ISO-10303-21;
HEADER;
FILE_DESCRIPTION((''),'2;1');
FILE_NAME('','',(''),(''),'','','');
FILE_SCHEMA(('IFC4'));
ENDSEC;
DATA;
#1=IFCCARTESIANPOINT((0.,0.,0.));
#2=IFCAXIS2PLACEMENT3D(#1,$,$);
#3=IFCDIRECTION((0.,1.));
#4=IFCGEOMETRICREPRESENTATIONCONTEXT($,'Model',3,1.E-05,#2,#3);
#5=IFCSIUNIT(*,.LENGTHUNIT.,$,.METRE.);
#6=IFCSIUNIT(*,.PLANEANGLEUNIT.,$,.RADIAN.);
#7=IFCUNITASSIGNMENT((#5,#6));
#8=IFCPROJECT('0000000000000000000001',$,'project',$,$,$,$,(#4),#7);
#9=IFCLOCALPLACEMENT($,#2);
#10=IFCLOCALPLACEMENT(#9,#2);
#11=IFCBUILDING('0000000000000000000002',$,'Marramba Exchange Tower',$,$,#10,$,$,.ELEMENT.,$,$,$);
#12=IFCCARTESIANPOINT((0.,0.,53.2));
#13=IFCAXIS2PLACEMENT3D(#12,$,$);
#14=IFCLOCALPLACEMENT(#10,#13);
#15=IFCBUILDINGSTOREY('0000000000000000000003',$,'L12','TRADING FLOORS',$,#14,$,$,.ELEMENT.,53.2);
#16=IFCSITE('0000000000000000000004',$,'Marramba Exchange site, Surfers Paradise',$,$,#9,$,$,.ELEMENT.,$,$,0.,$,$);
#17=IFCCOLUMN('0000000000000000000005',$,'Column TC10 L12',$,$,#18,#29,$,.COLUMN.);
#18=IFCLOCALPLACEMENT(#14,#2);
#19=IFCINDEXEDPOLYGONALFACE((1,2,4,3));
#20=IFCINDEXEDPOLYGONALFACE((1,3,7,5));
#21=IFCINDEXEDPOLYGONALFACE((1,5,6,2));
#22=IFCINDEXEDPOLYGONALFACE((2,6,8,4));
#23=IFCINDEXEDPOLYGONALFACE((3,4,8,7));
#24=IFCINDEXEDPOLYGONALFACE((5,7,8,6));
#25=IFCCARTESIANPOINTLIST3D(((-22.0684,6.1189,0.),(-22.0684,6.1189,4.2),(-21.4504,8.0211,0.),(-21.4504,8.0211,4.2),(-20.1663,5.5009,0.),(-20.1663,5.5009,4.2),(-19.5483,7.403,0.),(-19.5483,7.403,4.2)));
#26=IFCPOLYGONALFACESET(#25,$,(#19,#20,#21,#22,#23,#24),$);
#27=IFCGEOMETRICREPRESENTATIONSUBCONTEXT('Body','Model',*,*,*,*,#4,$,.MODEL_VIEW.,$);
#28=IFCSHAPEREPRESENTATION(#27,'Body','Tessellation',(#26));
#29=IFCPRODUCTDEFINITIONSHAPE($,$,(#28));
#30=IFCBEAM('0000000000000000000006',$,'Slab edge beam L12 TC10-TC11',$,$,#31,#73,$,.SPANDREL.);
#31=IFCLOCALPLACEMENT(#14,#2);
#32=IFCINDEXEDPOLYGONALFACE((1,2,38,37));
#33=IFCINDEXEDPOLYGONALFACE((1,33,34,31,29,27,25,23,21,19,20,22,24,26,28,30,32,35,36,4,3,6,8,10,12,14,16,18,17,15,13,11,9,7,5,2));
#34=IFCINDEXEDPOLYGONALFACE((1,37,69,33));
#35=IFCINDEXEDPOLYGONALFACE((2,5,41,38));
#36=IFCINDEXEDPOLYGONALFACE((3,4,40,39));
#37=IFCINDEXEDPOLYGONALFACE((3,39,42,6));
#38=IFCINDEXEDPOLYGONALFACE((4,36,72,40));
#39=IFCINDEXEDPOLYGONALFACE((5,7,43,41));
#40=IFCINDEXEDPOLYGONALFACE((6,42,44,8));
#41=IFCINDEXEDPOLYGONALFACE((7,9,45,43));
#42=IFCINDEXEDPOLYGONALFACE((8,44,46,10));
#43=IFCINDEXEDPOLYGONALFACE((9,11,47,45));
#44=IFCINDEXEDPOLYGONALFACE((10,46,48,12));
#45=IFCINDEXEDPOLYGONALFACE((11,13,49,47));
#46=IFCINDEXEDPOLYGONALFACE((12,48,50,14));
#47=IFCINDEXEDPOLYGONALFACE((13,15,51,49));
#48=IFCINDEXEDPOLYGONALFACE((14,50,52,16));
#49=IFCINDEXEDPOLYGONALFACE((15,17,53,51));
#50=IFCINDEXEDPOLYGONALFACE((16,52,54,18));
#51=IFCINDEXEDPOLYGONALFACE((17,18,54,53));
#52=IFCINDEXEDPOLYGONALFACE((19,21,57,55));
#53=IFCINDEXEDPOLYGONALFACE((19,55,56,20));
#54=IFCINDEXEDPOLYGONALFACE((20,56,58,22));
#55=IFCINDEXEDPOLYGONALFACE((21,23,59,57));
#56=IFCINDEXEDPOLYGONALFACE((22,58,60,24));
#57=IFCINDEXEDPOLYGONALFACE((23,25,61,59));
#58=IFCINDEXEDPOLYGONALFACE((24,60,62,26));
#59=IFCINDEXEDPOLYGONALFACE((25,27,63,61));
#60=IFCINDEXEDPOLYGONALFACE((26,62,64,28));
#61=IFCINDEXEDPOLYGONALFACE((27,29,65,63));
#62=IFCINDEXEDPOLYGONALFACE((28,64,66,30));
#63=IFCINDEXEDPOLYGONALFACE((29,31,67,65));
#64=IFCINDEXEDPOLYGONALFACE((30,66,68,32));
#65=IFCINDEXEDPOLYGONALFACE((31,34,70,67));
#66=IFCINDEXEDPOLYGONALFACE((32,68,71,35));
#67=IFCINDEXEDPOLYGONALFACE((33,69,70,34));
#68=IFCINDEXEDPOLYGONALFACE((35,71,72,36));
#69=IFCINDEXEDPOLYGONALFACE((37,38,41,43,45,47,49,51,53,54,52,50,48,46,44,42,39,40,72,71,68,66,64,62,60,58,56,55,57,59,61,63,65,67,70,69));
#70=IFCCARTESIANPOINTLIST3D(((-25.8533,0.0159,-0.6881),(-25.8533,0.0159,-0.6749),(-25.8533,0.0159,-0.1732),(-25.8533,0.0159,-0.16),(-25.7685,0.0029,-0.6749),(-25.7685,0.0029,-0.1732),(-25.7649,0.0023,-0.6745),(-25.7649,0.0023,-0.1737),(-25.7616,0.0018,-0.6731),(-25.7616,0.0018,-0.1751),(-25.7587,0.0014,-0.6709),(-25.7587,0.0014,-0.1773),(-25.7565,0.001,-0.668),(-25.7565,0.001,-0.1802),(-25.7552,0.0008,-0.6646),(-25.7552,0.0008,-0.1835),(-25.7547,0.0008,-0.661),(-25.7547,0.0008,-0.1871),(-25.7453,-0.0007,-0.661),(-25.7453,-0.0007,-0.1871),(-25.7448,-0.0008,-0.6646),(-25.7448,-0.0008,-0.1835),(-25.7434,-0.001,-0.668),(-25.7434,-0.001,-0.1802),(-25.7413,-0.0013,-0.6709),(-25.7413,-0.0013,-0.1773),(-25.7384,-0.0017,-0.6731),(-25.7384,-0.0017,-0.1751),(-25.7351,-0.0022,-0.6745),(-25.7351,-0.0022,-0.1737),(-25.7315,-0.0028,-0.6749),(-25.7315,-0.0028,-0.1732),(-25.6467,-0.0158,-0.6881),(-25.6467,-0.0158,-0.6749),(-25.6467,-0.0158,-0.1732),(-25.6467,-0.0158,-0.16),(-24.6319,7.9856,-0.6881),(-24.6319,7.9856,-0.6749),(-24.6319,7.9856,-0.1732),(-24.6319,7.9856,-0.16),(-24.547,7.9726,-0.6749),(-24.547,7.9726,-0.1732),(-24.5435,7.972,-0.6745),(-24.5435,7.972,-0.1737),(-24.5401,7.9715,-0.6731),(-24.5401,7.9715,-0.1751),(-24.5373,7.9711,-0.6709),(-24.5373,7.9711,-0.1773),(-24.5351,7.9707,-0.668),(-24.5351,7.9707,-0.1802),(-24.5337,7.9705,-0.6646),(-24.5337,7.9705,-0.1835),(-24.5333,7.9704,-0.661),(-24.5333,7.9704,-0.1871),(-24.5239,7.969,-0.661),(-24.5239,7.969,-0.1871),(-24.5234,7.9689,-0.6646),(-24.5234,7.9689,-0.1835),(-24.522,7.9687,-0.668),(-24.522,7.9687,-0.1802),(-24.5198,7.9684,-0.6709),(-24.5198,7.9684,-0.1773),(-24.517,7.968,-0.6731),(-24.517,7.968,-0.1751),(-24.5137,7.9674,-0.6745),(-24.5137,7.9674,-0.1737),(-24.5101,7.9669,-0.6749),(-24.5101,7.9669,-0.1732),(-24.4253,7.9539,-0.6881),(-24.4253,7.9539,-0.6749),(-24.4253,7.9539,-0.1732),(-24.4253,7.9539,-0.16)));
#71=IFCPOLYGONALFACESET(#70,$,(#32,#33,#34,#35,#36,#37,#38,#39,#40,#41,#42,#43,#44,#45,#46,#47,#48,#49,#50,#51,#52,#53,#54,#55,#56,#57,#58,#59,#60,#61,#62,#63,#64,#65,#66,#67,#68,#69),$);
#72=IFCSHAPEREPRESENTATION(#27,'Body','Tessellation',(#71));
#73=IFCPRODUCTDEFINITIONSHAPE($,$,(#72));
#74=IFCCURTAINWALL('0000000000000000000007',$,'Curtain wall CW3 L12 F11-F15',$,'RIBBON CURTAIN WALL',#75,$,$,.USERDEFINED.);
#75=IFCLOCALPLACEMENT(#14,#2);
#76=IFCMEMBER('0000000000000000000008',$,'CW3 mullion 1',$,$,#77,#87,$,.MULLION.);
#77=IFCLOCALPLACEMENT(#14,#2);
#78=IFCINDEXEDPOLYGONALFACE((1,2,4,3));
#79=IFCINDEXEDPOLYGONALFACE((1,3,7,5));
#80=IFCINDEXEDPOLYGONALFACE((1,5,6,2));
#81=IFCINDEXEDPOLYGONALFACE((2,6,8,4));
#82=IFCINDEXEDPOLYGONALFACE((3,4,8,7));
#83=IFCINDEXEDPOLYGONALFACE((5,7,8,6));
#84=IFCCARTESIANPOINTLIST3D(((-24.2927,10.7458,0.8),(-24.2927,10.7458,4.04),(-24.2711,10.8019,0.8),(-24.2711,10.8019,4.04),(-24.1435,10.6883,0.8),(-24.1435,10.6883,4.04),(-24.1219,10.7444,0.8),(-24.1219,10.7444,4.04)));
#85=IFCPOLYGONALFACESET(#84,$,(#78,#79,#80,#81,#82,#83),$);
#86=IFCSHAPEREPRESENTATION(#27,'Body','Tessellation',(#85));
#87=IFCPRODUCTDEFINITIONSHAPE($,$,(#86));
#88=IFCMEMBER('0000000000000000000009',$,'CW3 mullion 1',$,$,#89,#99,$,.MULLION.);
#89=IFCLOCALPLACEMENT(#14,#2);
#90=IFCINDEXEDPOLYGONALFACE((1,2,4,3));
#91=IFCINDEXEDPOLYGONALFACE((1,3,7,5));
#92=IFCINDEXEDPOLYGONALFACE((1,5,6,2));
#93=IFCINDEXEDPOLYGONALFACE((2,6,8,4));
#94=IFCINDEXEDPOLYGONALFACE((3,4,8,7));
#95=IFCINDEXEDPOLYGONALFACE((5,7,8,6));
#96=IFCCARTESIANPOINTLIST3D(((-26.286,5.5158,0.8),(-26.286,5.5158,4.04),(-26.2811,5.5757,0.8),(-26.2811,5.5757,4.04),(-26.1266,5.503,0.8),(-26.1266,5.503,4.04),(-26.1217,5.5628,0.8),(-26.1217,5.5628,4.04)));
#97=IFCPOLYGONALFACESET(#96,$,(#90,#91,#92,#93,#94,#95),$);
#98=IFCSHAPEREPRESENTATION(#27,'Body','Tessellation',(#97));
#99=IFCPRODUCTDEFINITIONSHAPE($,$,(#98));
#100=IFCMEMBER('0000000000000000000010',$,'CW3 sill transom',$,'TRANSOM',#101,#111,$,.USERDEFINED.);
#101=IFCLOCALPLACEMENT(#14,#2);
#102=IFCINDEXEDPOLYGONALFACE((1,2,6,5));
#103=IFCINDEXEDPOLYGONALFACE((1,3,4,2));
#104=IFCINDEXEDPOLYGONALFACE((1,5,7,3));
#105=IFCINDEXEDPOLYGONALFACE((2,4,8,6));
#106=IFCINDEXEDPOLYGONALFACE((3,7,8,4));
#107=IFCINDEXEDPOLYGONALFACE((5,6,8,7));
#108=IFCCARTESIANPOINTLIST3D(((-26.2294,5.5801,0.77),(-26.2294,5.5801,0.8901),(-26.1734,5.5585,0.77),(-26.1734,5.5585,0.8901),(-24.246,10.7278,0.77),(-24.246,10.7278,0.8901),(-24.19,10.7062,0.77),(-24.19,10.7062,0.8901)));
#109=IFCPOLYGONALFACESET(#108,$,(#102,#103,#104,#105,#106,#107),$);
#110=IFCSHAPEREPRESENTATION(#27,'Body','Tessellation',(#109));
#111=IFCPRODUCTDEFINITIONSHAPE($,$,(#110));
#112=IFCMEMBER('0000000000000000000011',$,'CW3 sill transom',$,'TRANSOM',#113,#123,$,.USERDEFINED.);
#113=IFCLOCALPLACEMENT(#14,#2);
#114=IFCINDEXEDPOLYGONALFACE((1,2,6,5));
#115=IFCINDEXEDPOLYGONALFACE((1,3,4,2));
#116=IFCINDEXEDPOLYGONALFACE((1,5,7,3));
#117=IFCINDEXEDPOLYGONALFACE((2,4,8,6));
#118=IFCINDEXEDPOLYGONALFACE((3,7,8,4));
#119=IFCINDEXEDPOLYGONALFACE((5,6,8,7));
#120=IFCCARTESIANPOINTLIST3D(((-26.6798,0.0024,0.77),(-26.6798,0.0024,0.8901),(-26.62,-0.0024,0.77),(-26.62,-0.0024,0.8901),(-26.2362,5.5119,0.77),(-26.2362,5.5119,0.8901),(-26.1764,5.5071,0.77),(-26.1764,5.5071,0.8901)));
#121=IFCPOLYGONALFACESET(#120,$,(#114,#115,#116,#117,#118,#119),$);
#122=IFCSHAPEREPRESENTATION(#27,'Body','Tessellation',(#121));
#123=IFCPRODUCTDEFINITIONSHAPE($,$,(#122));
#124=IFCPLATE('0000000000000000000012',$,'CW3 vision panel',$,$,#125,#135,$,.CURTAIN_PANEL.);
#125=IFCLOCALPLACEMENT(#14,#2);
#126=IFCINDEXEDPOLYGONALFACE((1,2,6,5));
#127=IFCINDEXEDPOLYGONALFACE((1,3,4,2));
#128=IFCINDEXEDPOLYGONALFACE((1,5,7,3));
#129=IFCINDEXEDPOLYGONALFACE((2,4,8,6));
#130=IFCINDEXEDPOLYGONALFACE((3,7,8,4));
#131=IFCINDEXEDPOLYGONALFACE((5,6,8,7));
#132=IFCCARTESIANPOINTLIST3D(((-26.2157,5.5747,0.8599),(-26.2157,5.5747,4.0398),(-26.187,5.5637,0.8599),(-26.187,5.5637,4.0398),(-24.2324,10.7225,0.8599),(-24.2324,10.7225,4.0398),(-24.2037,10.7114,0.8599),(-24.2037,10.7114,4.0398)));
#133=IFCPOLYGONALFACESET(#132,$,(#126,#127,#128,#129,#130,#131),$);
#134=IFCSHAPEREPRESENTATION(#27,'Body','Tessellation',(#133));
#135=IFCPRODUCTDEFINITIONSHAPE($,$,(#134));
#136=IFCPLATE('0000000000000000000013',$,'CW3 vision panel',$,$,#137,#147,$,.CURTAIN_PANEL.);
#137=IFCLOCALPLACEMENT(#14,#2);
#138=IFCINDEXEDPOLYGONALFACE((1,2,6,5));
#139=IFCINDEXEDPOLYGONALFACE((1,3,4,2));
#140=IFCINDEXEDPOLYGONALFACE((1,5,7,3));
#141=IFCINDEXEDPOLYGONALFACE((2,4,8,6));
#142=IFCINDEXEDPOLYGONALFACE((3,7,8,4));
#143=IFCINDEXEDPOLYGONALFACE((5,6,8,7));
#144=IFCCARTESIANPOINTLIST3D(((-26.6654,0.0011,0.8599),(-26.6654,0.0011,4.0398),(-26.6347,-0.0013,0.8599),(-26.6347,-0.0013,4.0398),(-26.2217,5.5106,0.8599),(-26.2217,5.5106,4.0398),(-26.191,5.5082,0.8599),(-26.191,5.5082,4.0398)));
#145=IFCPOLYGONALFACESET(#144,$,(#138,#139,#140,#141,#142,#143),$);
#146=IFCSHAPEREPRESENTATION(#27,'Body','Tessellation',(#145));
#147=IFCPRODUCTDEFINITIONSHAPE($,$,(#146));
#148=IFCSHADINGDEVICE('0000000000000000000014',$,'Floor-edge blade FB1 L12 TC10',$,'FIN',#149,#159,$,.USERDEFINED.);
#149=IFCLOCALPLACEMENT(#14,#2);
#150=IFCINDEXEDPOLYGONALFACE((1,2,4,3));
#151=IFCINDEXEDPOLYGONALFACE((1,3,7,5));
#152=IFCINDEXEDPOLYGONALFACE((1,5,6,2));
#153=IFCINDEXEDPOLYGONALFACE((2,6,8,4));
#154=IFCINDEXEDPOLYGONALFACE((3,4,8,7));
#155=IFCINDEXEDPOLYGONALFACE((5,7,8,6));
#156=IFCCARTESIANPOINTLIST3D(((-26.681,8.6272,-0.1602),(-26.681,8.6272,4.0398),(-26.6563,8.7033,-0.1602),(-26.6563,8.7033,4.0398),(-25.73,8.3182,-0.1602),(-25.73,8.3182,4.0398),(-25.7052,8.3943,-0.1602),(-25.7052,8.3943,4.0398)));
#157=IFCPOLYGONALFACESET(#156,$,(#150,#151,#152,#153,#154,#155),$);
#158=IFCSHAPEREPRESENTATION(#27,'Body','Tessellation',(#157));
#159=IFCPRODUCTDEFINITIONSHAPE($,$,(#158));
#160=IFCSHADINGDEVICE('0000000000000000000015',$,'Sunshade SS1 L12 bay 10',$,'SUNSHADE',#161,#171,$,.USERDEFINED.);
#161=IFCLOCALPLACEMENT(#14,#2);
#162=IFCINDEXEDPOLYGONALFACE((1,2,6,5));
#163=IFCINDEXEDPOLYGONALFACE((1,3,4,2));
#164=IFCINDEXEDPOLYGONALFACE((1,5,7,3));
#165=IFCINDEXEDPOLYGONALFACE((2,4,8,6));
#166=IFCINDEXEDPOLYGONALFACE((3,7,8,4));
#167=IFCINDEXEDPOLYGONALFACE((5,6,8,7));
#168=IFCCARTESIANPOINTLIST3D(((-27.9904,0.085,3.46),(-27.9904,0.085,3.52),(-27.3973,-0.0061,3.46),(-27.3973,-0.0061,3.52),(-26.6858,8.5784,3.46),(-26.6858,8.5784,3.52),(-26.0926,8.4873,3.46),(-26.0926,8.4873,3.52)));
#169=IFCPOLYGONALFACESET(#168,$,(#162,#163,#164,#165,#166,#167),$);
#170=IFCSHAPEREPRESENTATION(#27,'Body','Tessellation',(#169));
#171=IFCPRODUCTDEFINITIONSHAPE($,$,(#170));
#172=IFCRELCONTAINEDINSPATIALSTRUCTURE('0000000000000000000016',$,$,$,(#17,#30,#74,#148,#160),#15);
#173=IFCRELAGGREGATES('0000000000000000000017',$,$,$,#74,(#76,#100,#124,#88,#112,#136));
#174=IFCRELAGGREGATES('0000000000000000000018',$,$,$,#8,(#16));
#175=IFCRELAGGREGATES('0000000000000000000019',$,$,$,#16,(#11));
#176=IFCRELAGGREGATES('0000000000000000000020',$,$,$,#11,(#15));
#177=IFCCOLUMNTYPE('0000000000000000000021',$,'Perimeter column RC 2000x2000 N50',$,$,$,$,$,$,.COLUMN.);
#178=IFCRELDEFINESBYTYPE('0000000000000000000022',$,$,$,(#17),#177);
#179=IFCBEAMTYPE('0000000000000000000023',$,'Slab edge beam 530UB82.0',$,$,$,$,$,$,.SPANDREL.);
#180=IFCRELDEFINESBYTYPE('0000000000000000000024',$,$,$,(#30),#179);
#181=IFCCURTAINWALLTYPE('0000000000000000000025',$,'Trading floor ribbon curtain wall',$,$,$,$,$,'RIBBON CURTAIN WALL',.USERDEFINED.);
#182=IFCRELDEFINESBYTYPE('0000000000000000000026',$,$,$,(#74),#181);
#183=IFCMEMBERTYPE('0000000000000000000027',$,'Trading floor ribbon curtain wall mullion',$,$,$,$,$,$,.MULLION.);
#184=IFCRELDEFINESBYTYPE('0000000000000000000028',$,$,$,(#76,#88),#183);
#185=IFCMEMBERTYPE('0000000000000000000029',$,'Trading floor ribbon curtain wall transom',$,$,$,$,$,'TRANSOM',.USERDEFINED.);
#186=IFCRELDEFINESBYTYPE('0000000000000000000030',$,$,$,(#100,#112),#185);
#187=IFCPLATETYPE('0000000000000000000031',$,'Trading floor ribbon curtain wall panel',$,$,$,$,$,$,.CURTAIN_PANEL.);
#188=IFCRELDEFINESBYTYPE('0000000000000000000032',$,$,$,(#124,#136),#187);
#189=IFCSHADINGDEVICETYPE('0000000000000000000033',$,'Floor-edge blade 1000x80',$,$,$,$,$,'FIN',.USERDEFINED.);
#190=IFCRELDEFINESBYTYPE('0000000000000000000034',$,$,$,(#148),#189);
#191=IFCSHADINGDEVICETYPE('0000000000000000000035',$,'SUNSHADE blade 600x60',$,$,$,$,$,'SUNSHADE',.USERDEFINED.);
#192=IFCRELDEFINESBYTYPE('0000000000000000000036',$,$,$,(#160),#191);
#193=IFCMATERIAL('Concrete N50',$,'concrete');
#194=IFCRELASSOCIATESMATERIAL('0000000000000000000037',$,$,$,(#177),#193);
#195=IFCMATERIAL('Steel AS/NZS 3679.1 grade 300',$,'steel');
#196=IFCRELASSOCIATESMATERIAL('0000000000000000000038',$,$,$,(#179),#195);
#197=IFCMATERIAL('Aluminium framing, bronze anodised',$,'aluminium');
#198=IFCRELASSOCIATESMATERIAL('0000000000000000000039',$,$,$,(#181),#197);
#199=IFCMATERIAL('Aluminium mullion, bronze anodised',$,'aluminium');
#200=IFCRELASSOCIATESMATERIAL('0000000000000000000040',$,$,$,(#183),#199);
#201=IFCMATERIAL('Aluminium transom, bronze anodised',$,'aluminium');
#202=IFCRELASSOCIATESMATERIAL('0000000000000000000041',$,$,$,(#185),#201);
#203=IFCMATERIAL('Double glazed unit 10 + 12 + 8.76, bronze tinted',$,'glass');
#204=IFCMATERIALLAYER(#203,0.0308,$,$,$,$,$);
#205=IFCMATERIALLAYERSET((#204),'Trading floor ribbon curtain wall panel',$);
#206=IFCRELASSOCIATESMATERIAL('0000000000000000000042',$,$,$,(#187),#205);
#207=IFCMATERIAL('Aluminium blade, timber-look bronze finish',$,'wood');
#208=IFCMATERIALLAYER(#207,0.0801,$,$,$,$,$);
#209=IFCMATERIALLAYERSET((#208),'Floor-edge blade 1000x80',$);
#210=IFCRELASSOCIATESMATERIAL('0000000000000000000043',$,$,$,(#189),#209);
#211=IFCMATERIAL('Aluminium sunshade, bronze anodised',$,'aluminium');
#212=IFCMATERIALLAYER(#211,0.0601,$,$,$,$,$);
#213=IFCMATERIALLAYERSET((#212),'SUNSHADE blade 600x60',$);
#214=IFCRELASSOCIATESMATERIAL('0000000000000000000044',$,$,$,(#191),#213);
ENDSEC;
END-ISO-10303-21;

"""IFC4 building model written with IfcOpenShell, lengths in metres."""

from ifc_helpers import new_model, si_unit, direction, frame, origin, origin_2d, place, context, subcontext, project, spatial, rectangle, i_section, extrude, material, layer, layer_set, material_profile, profile_set, type_object, element, aggregate, save


model = new_model("IFC4")

# Units and contexts
model_context = context("Model", 3, precision=1e-05, world=origin(), true_north=direction((0.0, 1.0)))
body_context = subcontext(model_context, "Body", "Model", "MODEL_VIEW")
ifc_project = project(units=[si_unit("LENGTHUNIT", "METRE"), si_unit("PLANEANGLEUNIT", "RADIAN")], contexts=[model_context])

# Site, building, storey
site_placement = place(None, origin())
site = spatial("IfcSite", under=ifc_project, at=site_placement, Name="Marramba Exchange site, Surfers Paradise", CompositionType="ELEMENT", RefElevation=0.0)
building_placement = place(site_placement, origin())
building = spatial("IfcBuilding", under=site, at=building_placement, Name="Marramba Exchange Tower", CompositionType="ELEMENT")
storey_placement = place(building_placement, frame((0.0, 0.0, 53.2)))
storey = spatial("IfcBuildingStorey", under=building, at=storey_placement, Name="L12", Description="TRADING FLOORS", CompositionType="ELEMENT", Elevation=53.2)

# Column
ifc_material_1 = material(Name="Concrete N50", Category="concrete")
ifc_material_profile_1 = material_profile(ifc_material_1, rectangle(XDim=2.0, YDim=2.0, at=origin_2d()), Name="RC 2000x2000")
ifc_profile_set_1 = profile_set([ifc_material_profile_1], Name="Concrete N50")
column_type = type_object("IfcColumnType", Name="Perimeter column RC 2000x2000 N50", PredefinedType="COLUMN", material=ifc_profile_set_1)
column_placement = place(storey_placement, frame((-20.8083, 6.761, 0.0), z_axis=(0.0, 0.0, 1.0), x_axis=(-0.951057, 0.309017, 0.0)))
element("IfcColumn", 1, at=column_placement, inside=storey, type_object=column_type, Name="Column TC10 L12", PredefinedType="COLUMN", context=body_context, shape_type="SweptSolid", body=[
    extrude(rectangle(XDim=2.0, YDim=2.0, at=origin_2d()), origin(), (0.0, 0.0, 1.0), 4.2),
])

# Beam
ifc_material_2 = material(Name="Steel AS/NZS 3679.1 grade 300", Category="steel")
ifc_material_profile_2 = material_profile(ifc_material_2, i_section(OverallWidth=0.209, OverallDepth=0.5281, WebThickness=0.0095, FlangeThickness=0.0132, FilletRadius=0.0139, at=origin_2d()), Name="530UB82.0")
ifc_profile_set_2 = profile_set([ifc_material_profile_2], Name="Steel AS/NZS 3679.1 grade 300")
beam_type = type_object("IfcBeamType", Name="Slab edge beam 530UB82.0", PredefinedType="SPANDREL", material=ifc_profile_set_2)
beam_placement = place(storey_placement, frame((-24.5286, 7.9697, -0.4241), z_axis=(-0.151491, -0.988459, 0.0), x_axis=(0.988459, -0.151491, 0.0)))
element("IfcBeam", 2, at=beam_placement, inside=storey, type_object=beam_type, Name="Slab edge beam L12 TC10-TC11", PredefinedType="SPANDREL", context=body_context, shape_type="SweptSolid", body=[
    extrude(i_section(OverallWidth=0.209, OverallDepth=0.5281, WebThickness=0.0095, FlangeThickness=0.0132, FilletRadius=0.0139, at=origin_2d()), origin(), (0.0, 0.0, 1.0), 8.0627),
])

# Curtain wall, members, plates
ifc_material_3 = material(Name="Aluminium framing, bronze anodised", Category="aluminium")
curtain_wall_type = type_object("IfcCurtainWallType", Name="Trading floor ribbon curtain wall", ElementType="RIBBON CURTAIN WALL", PredefinedType="USERDEFINED", material=ifc_material_3)
curtain_wall_placement = place(storey_placement, origin())
curtain_wall = element("IfcCurtainWall", 3, at=curtain_wall_placement, inside=storey, type_object=curtain_wall_type, Name="Curtain wall CW3 L12 F11-F15", ObjectType="RIBBON CURTAIN WALL", PredefinedType="USERDEFINED")
ifc_material_4 = material(Name="Aluminium mullion, bronze anodised", Category="aluminium")
ifc_material_profile_3 = material_profile(ifc_material_4, rectangle(XDim=0.1599, YDim=0.0601, at=origin_2d()), Name="CW3 mullion 60x160")
ifc_profile_set_3 = profile_set([ifc_material_profile_3], Name="Aluminium mullion, bronze anodised")
member_type_1 = type_object("IfcMemberType", Name="Trading floor ribbon curtain wall mullion", PredefinedType="MULLION", material=ifc_profile_set_3)
member_1_placement = place(storey_placement, frame((-24.2073, 10.7451, 0.8), z_axis=(0.0, 0.0, 1.0), x_axis=(0.933135, -0.359526, 0.0)))
member_1 = element("IfcMember", 4, at=member_1_placement, type_object=member_type_1, Name="CW3 mullion 1", PredefinedType="MULLION", context=body_context, shape_type="SweptSolid", body=[
    extrude(rectangle(XDim=0.1599, YDim=0.0601, at=origin_2d()), origin(), (0.0, 0.0, 1.0), 3.24),
])
member_2_placement = place(storey_placement, frame((-26.2039, 5.5393, 0.8), z_axis=(0.0, 0.0, 1.0), x_axis=(0.996773, -0.080275, 0.0)))
member_2 = element("IfcMember", 5, at=member_2_placement, type_object=member_type_1, Name="CW3 mullion 1", PredefinedType="MULLION", context=body_context, shape_type="SweptSolid", body=[
    extrude(rectangle(XDim=0.1599, YDim=0.0601, at=origin_2d()), origin(), (0.0, 0.0, 1.0), 3.24),
])
ifc_material_5 = material(Name="Aluminium transom, bronze anodised", Category="aluminium")
ifc_material_profile_4 = material_profile(ifc_material_5, rectangle(XDim=0.0601, YDim=0.1201, at=origin_2d()), Name="CW3 transom 60x120")
ifc_profile_set_4 = profile_set([ifc_material_profile_4], Name="Aluminium transom, bronze anodised")
member_type_2 = type_object("IfcMemberType", Name="Trading floor ribbon curtain wall transom", ElementType="TRANSOM", PredefinedType="USERDEFINED", material=ifc_profile_set_4)
member_3_placement = place(storey_placement, frame((-24.218, 10.717, 0.8301), z_axis=(-0.359534, -0.933132, 0.0), x_axis=(0.933132, -0.359534, 0.0)))
member_3 = element("IfcMember", 6, at=member_3_placement, type_object=member_type_2, Name="CW3 sill transom", ObjectType="TRANSOM", PredefinedType="USERDEFINED", context=body_context, shape_type="SweptSolid", body=[
    extrude(rectangle(XDim=0.0601, YDim=0.1201, at=origin_2d()), origin(), (0.0, 0.0, 1.0), 5.5166),
])
member_4_placement = place(storey_placement, frame((-26.2063, 5.5095, 0.8301), z_axis=(-0.080256, -0.996774, 0.0), x_axis=(0.996774, -0.080256, 0.0)))
member_4 = element("IfcMember", 7, at=member_4_placement, type_object=member_type_2, Name="CW3 sill transom", ObjectType="TRANSOM", PredefinedType="USERDEFINED", context=body_context, shape_type="SweptSolid", body=[
    extrude(rectangle(XDim=0.0601, YDim=0.1201, at=origin_2d()), origin(), (0.0, 0.0, 1.0), 5.5273),
])
ifc_material_6 = material(Name="Double glazed unit 10 + 12 + 8.76, bronze tinted", Category="glass")
ifc_layer_1 = layer(ifc_material_6, 0.0308)
ifc_layer_set_1 = layer_set([ifc_layer_1], Name="Trading floor ribbon curtain wall panel")
plate_type = type_object("IfcPlateType", Name="Trading floor ribbon curtain wall panel", PredefinedType="CURTAIN_PANEL", material=ifc_layer_set_1)
plate_1_placement = place(storey_placement, frame((-25.2097, 8.1431, 0.8599), z_axis=(0.0, 0.0, 1.0), x_axis=(-0.359526, -0.933135, 0.0)))
plate_1 = element("IfcPlate", 8, at=plate_1_placement, type_object=plate_type, Name="CW3 vision panel", PredefinedType="CURTAIN_PANEL", context=body_context, shape_type="SweptSolid", body=[
    extrude(rectangle(XDim=5.5166, YDim=0.0308, at=origin_2d()), origin(), (0.0, 0.0, 1.0), 3.1799),
])
plate_2_placement = place(storey_placement, frame((-26.4282, 2.7546, 0.8599), z_axis=(0.0, 0.0, 1.0), x_axis=(-0.080275, -0.996773, 0.0)))
plate_2 = element("IfcPlate", 9, at=plate_2_placement, type_object=plate_type, Name="CW3 vision panel", PredefinedType="CURTAIN_PANEL", context=body_context, shape_type="SweptSolid", body=[
    extrude(rectangle(XDim=5.5273, YDim=0.0308, at=origin_2d()), origin(), (0.0, 0.0, 1.0), 3.1799),
])
aggregate(curtain_wall, [member_1, member_3, plate_1, member_2, member_4, plate_2])

# Shading devices
ifc_material_7 = material(Name="Aluminium blade, timber-look bronze finish", Category="wood")
ifc_layer_2 = layer(ifc_material_7, 0.0801)
ifc_layer_set_2 = layer_set([ifc_layer_2], Name="Floor-edge blade 1000x80")
shading_device_type_1 = type_object("IfcShadingDeviceType", Name="Floor-edge blade 1000x80", ElementType="FIN", PredefinedType="USERDEFINED", material=ifc_layer_set_2)
shading_device_1_placement = place(storey_placement, frame((-26.1931, 8.5107, -0.1602), z_axis=(0.0, 0.0, 1.0), x_axis=(-0.951057, 0.309017, 0.0)))
element("IfcShadingDevice", 10, at=shading_device_1_placement, inside=storey, type_object=shading_device_type_1, Name="Floor-edge blade FB1 L12 TC10", ObjectType="FIN", PredefinedType="USERDEFINED", context=body_context, shape_type="SweptSolid", body=[
    extrude(rectangle(XDim=1.0, YDim=0.0801, at=origin_2d()), origin(), (0.0, 0.0, 1.0), 4.2),
])
ifc_material_8 = material(Name="Aluminium sunshade, bronze anodised", Category="aluminium")
ifc_layer_3 = layer(ifc_material_8, 0.0601)
ifc_layer_set_3 = layer_set([ifc_layer_3], Name="SUNSHADE blade 600x60")
shading_device_type_2 = type_object("IfcShadingDeviceType", Name="SUNSHADE blade 600x60", ElementType="SUNSHADE", PredefinedType="USERDEFINED", material=ifc_layer_set_3)
shading_device_2_placement = place(storey_placement, frame((-27.0415, 4.2861, 3.46), z_axis=(0.0, 0.0, 1.0), x_axis=(-0.151825, -0.988407, 0.0)))
element("IfcShadingDevice", 11, at=shading_device_2_placement, inside=storey, type_object=shading_device_type_2, Name="Sunshade SS1 L12 bay 10", ObjectType="SUNSHADE", PredefinedType="USERDEFINED", context=body_context, shape_type="SweptSolid", body=[
    extrude(rectangle(XDim=8.593, YDim=0.6001, at=origin_2d()), origin(), (0.0, 0.0, 1.0), 0.0601),
])

save(model, "model.ifc")
